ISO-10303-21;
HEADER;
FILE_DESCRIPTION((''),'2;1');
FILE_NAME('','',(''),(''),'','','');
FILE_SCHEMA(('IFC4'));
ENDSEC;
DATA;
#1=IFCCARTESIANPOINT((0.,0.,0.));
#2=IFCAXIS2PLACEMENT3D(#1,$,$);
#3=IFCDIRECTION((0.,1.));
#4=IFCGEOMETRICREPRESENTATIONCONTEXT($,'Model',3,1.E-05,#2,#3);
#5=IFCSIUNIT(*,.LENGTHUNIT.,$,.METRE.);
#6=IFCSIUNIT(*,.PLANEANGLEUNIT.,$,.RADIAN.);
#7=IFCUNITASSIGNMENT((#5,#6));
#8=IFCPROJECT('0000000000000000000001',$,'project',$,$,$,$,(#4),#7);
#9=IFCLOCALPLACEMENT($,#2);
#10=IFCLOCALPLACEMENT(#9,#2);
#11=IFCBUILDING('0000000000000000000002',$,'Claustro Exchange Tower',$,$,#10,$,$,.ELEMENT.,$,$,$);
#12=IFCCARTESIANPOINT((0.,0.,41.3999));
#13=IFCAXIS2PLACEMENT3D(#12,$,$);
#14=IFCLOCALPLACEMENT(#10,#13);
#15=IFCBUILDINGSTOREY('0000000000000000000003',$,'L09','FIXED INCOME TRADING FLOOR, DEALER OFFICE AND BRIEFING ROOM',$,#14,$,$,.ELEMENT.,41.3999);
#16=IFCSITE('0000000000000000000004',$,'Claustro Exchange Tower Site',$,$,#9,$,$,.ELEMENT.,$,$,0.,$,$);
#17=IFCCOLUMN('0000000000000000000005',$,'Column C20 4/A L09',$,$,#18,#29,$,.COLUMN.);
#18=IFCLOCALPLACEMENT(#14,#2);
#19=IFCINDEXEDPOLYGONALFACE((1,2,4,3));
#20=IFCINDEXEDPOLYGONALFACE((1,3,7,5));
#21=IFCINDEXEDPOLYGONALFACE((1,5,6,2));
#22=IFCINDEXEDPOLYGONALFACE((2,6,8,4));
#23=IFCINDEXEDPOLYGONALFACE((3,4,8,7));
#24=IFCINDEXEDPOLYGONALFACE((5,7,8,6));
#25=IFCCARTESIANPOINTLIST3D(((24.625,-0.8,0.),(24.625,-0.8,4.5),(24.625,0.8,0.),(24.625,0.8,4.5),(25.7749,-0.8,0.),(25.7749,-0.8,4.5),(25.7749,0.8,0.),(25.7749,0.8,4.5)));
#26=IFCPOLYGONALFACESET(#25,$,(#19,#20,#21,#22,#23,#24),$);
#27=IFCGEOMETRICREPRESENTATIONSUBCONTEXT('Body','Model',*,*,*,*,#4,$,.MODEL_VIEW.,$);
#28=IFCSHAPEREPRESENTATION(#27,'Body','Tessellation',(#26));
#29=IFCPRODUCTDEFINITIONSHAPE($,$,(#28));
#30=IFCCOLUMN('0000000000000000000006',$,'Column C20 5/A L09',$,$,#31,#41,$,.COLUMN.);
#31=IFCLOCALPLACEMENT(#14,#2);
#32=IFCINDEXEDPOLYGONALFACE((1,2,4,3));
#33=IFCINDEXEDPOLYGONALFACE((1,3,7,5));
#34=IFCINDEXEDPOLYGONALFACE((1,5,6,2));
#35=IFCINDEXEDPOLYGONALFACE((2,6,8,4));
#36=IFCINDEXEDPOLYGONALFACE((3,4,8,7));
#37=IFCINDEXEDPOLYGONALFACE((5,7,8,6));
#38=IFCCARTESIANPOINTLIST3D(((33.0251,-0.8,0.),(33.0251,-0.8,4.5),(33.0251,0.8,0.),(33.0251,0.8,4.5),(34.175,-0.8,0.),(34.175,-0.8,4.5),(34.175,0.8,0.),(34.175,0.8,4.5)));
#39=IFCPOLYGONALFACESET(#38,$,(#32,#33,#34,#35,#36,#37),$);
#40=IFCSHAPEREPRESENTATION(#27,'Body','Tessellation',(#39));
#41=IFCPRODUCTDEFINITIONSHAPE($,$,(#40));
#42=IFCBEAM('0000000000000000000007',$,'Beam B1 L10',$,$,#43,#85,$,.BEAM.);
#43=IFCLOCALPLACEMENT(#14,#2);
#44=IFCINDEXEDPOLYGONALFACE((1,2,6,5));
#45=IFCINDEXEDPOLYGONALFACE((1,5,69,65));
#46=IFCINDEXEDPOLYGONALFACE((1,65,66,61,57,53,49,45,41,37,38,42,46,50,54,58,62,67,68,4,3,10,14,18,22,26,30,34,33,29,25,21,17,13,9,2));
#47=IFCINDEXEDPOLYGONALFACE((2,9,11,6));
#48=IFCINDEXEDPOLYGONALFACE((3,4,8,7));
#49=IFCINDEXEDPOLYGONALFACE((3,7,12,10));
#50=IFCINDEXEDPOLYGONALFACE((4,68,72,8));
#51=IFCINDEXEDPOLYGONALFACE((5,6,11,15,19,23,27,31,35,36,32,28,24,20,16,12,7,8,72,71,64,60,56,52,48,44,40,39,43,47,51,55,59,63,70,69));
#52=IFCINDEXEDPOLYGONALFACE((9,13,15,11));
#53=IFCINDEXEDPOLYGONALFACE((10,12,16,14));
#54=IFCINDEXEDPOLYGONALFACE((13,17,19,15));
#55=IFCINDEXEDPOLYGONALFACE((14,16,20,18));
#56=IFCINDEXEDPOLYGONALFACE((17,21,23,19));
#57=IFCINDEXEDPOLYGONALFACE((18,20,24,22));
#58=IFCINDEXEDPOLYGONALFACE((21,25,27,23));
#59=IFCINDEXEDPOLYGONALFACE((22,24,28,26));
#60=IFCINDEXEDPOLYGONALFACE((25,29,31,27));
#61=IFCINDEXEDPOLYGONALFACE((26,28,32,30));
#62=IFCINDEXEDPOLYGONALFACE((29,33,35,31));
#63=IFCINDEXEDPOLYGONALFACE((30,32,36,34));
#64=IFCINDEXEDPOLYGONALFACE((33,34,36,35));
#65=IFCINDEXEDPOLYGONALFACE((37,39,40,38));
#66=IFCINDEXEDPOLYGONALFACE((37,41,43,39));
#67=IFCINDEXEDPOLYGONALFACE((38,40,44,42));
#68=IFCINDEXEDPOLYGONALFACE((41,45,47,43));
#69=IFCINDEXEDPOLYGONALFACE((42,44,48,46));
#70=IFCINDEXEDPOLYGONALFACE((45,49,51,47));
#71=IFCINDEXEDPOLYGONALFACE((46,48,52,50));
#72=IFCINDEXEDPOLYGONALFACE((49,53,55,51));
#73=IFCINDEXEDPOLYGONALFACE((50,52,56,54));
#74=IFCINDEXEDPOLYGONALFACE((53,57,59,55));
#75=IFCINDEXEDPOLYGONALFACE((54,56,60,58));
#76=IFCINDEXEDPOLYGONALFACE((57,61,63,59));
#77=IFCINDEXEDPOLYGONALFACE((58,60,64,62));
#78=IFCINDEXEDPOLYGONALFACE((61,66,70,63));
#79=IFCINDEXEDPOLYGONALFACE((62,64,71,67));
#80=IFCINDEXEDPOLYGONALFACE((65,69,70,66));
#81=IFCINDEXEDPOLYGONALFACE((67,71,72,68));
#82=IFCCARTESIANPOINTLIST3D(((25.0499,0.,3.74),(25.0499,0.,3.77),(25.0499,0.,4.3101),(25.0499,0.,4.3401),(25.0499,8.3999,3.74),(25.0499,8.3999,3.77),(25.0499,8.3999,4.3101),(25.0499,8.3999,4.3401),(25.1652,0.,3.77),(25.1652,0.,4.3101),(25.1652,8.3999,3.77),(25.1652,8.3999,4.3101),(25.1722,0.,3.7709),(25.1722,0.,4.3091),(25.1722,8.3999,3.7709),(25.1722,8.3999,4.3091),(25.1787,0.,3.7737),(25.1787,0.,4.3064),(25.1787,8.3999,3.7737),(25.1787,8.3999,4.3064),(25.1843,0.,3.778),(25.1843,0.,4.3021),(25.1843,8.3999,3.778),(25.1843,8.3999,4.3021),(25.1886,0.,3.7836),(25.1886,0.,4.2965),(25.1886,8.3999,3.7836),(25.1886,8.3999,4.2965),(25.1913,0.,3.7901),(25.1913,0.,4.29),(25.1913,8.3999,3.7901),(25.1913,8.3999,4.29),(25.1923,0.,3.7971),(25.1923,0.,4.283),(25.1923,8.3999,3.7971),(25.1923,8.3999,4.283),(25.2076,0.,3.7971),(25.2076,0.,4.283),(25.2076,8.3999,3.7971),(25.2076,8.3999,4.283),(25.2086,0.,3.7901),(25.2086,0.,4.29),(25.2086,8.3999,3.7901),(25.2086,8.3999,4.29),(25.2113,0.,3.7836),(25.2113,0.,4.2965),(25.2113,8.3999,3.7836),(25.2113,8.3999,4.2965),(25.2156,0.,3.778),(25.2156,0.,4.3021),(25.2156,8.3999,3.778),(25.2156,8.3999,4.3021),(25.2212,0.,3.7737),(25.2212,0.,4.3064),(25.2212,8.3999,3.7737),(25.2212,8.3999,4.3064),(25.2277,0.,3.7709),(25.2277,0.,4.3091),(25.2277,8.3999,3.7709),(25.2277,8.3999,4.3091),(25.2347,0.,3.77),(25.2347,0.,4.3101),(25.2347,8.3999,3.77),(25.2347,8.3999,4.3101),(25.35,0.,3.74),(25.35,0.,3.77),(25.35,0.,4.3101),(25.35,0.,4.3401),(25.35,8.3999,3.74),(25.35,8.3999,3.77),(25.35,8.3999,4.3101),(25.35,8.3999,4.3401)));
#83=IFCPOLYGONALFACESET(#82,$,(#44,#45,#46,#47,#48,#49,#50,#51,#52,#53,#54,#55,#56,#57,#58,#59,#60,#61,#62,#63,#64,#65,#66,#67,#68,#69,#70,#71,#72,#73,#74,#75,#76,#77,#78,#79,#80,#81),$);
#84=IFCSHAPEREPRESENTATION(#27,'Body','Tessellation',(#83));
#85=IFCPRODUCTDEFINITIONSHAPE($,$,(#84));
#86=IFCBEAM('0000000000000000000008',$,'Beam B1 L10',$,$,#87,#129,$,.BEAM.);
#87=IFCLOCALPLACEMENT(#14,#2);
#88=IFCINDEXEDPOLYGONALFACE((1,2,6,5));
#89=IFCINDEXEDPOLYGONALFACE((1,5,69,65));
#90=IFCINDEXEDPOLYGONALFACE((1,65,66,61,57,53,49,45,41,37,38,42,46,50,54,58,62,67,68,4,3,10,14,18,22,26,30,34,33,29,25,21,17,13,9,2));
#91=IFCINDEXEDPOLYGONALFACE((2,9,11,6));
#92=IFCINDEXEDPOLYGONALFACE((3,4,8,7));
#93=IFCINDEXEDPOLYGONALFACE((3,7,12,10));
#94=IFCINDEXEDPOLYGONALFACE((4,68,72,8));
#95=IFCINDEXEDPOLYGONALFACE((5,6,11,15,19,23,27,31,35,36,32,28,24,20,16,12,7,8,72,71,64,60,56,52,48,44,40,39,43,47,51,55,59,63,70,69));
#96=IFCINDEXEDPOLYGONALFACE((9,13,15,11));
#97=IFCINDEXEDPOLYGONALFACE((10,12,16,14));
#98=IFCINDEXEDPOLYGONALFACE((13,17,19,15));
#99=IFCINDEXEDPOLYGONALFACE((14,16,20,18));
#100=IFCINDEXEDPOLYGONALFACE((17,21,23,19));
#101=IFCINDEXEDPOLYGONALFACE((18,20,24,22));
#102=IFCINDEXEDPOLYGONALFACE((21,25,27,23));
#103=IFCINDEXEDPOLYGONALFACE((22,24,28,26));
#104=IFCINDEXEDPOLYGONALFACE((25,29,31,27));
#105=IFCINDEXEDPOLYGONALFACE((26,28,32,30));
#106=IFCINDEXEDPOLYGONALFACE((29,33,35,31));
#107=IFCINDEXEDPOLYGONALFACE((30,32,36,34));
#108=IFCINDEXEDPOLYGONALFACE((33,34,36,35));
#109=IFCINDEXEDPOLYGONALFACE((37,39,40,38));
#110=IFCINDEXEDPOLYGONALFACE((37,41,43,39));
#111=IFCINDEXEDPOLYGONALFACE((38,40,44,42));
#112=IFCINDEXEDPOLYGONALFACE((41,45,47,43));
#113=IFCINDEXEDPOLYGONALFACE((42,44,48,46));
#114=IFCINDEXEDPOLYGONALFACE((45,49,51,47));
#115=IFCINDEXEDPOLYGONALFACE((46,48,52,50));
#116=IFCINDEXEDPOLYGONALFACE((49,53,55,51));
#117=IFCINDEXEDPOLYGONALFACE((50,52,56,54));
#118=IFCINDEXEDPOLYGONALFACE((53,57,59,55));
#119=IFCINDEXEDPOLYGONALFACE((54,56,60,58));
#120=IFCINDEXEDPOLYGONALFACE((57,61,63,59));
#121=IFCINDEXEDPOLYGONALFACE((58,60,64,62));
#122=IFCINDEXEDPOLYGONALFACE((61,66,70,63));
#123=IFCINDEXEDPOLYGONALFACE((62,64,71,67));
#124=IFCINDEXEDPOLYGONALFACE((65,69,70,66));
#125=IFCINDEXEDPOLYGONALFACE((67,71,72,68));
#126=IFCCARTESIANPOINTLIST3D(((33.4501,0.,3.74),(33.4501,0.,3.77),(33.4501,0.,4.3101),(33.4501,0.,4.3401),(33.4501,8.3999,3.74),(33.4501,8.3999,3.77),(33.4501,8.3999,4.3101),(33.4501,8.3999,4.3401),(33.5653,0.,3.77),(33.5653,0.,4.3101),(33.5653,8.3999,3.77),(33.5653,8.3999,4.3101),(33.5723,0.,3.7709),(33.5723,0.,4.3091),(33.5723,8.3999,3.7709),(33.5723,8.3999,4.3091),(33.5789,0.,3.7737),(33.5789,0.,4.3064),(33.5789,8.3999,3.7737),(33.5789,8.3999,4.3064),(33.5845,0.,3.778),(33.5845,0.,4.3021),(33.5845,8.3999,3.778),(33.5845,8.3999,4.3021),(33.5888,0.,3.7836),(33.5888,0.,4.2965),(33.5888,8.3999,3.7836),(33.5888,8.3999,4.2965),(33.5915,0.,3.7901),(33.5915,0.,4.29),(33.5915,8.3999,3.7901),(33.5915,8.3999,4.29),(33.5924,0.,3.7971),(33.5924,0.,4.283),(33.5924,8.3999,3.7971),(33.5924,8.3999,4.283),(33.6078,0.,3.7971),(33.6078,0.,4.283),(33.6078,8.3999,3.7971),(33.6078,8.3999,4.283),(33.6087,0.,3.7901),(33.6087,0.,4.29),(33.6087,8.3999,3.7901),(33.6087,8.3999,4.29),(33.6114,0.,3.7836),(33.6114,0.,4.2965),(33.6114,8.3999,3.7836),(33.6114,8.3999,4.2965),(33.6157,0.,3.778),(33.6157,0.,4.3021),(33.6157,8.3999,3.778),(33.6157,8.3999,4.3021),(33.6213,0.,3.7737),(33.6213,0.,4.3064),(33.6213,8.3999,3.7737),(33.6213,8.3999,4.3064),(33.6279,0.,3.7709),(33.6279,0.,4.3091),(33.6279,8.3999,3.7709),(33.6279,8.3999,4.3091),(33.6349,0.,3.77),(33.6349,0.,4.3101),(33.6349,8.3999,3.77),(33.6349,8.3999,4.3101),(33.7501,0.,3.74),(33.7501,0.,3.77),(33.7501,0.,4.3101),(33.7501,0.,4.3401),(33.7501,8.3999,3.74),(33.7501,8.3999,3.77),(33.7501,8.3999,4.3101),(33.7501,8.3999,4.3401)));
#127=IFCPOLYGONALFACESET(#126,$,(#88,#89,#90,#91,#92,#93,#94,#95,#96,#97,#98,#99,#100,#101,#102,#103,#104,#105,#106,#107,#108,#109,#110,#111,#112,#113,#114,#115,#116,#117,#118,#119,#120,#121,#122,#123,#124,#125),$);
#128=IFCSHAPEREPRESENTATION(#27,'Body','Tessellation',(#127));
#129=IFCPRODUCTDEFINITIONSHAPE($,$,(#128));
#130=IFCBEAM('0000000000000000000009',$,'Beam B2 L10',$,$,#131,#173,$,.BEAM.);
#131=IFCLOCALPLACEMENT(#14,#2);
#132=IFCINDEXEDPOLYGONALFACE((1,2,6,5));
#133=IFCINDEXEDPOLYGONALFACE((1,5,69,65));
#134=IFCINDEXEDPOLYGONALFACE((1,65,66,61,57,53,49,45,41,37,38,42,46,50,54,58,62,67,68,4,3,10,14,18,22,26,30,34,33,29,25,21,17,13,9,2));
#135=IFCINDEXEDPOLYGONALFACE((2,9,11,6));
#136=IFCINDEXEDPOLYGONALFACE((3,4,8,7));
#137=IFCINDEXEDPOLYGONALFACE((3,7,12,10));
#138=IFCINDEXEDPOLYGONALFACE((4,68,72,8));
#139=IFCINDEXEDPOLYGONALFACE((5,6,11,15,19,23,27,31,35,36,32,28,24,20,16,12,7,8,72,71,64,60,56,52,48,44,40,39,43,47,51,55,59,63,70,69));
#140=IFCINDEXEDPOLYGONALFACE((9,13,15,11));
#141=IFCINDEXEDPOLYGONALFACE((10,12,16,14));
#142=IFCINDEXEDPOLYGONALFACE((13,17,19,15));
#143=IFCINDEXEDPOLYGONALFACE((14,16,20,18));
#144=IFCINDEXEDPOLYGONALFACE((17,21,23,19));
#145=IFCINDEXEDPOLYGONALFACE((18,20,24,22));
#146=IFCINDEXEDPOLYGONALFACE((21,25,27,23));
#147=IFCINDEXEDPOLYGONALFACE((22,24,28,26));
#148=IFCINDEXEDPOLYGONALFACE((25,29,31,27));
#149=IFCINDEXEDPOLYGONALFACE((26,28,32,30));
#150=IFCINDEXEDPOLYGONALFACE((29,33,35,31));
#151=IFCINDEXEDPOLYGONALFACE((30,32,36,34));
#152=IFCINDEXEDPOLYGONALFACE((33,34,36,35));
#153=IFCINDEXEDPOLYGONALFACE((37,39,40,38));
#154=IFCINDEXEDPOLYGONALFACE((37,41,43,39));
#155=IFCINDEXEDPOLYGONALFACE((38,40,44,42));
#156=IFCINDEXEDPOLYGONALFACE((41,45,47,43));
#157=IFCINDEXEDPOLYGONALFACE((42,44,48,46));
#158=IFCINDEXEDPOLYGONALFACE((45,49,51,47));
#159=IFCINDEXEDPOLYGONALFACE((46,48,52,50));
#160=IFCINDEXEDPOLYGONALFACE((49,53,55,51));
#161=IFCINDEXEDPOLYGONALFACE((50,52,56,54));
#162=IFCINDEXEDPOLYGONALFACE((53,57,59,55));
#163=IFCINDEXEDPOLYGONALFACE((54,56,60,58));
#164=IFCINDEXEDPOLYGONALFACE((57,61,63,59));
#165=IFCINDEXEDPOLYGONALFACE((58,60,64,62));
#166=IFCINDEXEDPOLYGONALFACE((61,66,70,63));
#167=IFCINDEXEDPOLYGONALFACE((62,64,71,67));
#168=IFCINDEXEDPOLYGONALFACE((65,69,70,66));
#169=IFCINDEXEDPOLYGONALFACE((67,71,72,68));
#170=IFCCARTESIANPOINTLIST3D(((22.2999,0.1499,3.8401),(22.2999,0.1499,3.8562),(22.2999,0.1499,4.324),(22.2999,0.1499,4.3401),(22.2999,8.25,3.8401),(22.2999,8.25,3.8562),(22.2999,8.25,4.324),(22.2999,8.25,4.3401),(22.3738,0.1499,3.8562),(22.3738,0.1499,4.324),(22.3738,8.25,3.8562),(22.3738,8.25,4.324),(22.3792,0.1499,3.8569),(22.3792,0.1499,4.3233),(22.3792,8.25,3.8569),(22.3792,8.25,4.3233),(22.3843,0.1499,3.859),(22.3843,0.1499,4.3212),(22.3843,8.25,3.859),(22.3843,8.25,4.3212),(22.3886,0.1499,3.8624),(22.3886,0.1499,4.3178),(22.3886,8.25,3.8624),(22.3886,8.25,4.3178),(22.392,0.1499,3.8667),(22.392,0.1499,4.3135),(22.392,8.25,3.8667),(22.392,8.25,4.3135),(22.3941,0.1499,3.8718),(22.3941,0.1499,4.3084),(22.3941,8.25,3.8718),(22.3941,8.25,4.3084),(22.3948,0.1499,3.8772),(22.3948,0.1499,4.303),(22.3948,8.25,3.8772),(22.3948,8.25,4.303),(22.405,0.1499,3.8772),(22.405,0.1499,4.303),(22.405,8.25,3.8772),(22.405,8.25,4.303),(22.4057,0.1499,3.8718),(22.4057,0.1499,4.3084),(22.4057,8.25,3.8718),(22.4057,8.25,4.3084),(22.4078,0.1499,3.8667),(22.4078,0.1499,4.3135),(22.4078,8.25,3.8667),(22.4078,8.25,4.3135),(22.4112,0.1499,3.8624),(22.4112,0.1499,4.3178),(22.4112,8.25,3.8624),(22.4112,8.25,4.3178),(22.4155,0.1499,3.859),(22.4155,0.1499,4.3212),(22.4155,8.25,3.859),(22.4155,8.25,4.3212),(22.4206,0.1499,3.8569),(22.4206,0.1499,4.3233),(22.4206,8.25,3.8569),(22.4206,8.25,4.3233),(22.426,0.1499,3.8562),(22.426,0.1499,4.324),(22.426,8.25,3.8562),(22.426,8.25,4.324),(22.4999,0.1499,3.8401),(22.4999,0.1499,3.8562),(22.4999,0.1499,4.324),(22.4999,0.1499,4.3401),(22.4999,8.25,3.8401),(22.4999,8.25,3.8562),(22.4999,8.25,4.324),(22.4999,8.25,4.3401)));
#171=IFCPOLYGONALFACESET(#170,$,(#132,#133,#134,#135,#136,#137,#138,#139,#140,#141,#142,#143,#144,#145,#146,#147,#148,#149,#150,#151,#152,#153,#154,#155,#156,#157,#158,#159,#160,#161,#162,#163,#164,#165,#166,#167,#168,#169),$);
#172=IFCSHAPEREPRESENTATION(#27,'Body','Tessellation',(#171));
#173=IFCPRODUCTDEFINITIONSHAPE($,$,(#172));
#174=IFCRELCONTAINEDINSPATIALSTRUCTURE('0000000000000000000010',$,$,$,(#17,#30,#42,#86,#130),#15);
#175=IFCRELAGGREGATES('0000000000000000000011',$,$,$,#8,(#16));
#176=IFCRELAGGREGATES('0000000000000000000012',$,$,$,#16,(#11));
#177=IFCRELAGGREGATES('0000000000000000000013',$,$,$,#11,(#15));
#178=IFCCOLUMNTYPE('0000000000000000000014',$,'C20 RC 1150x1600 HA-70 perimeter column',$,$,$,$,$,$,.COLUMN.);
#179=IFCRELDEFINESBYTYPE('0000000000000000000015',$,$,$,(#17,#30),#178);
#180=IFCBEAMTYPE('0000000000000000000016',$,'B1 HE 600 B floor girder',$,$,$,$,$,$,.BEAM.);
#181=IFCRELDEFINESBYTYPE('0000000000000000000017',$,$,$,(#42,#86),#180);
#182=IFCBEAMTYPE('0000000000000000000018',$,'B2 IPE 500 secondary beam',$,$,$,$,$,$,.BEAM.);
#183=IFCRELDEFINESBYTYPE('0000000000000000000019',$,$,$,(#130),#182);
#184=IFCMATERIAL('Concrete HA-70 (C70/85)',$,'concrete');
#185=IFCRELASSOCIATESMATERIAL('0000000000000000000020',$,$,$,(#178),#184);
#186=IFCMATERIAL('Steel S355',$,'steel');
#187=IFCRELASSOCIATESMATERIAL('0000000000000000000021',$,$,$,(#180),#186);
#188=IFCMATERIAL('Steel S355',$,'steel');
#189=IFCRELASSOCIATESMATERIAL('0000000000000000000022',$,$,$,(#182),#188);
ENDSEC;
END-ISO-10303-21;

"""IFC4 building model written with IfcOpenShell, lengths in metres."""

from ifc_helpers import new_model, si_unit, direction, frame, origin, origin_2d, place, context, subcontext, project, spatial, rectangle, i_section, extrude, material, material_profile, profile_set, type_object, element, save


model = new_model("IFC4")

# Units and contexts
model_context = context("Model", 3, precision=1e-05, world=origin(), true_north=direction((0.0, 1.0)))
body_context = subcontext(model_context, "Body", "Model", "MODEL_VIEW")
ifc_project = project(units=[si_unit("LENGTHUNIT", "METRE"), si_unit("PLANEANGLEUNIT", "RADIAN")], contexts=[model_context])

# Site, building, storey
site_placement = place(None, origin())
site = spatial("IfcSite", under=ifc_project, at=site_placement, Name="Claustro Exchange Tower Site", CompositionType="ELEMENT", RefElevation=0.0)
building_placement = place(site_placement, origin())
building = spatial("IfcBuilding", under=site, at=building_placement, Name="Claustro Exchange Tower", CompositionType="ELEMENT")
storey_placement = place(building_placement, frame((0.0, 0.0, 41.3999)))
storey = spatial("IfcBuildingStorey", under=building, at=storey_placement, Name="L09", Description="FIXED INCOME TRADING FLOOR, DEALER OFFICE AND BRIEFING ROOM", CompositionType="ELEMENT", Elevation=41.3999)

# Columns
ifc_material_1 = material(Name="Concrete HA-70 (C70/85)", Category="concrete")
ifc_material_profile_1 = material_profile(ifc_material_1, rectangle(XDim=1.1499, YDim=1.6001, at=origin_2d()), Name="RC 1150x1600")
ifc_profile_set_1 = profile_set([ifc_material_profile_1], Name="Concrete HA-70 (C70/85)")
column_type = type_object("IfcColumnType", Name="C20 RC 1150x1600 HA-70 perimeter column", PredefinedType="COLUMN", material=ifc_profile_set_1)
for number, where, z_axis, x_axis, name in (
    (1, (25.2, 0.0, 0.0), (0.0, 0.0, 1.0), (1.0, 0.0, 0.0), "Column C20 4/A L09"),
    (2, (33.6001, 0.0, 0.0), (0.0, 0.0, 1.0), (1.0, 0.0, 0.0), "Column C20 5/A L09"),
):
    element("IfcColumn", number, at=place(storey_placement, frame(where, z_axis=z_axis, x_axis=x_axis)), inside=storey, type_object=column_type, Name=name, PredefinedType="COLUMN", context=body_context, shape_type="SweptSolid", body=[
        extrude(rectangle(XDim=1.1499, YDim=1.6001, at=origin_2d()), origin(), (0.0, 0.0, 1.0), 4.5),
    ])

# Beams
ifc_material_2 = material(Name="Steel S355", Category="steel")
ifc_material_profile_2 = material_profile(ifc_material_2, i_section(OverallWidth=0.3, OverallDepth=0.6001, WebThickness=0.0154, FlangeThickness=0.03, FilletRadius=0.0271, at=origin_2d()), Name="HE 600 B")
ifc_profile_set_2 = profile_set([ifc_material_profile_2], Name="Steel S355")
beam_type_1 = type_object("IfcBeamType", Name="B1 HE 600 B floor girder", PredefinedType="BEAM", material=ifc_profile_set_2)
for number, where, z_axis, x_axis, name in (
    (3, (25.2, 0.0, 4.04), (0.0, 1.0, 0.0), (-1.0, 0.0, 0.0), "Beam B1 L10"),
    (4, (33.6001, 0.0, 4.04), (0.0, 1.0, 0.0), (-1.0, 0.0, 0.0), "Beam B1 L10"),
):
    element("IfcBeam", number, at=place(storey_placement, frame(where, z_axis=z_axis, x_axis=x_axis)), inside=storey, type_object=beam_type_1, Name=name, PredefinedType="BEAM", context=body_context, shape_type="SweptSolid", body=[
        extrude(i_section(OverallWidth=0.3, OverallDepth=0.6001, WebThickness=0.0154, FlangeThickness=0.03, FilletRadius=0.0271, at=origin_2d()), origin(), (0.0, 0.0, 1.0), 8.3999),
    ])
ifc_material_3 = material(Name="Steel S355", Category="steel")
ifc_material_profile_3 = material_profile(ifc_material_3, i_section(OverallWidth=0.2, OverallDepth=0.5, WebThickness=0.0103, FlangeThickness=0.0161, FilletRadius=0.021, at=origin_2d()), Name="IPE 500")
ifc_profile_set_3 = profile_set([ifc_material_profile_3], Name="Steel S355")
beam_type_2 = type_object("IfcBeamType", Name="B2 IPE 500 secondary beam", PredefinedType="BEAM", material=ifc_profile_set_3)
for number, where, z_axis, x_axis, name in (
    (5, (22.3999, 0.1499, 4.0901), (0.0, 1.0, 0.0), (-1.0, 0.0, 0.0), "Beam B2 L10"),
):
    element("IfcBeam", number, at=place(storey_placement, frame(where, z_axis=z_axis, x_axis=x_axis)), inside=storey, type_object=beam_type_2, Name=name, PredefinedType="BEAM", context=body_context, shape_type="SweptSolid", body=[
        extrude(i_section(OverallWidth=0.2, OverallDepth=0.5, WebThickness=0.0103, FlangeThickness=0.0161, FilletRadius=0.021, at=origin_2d()), origin(), (0.0, 0.0, 1.0), 8.1001),
    ])

save(model, "model.ifc")
